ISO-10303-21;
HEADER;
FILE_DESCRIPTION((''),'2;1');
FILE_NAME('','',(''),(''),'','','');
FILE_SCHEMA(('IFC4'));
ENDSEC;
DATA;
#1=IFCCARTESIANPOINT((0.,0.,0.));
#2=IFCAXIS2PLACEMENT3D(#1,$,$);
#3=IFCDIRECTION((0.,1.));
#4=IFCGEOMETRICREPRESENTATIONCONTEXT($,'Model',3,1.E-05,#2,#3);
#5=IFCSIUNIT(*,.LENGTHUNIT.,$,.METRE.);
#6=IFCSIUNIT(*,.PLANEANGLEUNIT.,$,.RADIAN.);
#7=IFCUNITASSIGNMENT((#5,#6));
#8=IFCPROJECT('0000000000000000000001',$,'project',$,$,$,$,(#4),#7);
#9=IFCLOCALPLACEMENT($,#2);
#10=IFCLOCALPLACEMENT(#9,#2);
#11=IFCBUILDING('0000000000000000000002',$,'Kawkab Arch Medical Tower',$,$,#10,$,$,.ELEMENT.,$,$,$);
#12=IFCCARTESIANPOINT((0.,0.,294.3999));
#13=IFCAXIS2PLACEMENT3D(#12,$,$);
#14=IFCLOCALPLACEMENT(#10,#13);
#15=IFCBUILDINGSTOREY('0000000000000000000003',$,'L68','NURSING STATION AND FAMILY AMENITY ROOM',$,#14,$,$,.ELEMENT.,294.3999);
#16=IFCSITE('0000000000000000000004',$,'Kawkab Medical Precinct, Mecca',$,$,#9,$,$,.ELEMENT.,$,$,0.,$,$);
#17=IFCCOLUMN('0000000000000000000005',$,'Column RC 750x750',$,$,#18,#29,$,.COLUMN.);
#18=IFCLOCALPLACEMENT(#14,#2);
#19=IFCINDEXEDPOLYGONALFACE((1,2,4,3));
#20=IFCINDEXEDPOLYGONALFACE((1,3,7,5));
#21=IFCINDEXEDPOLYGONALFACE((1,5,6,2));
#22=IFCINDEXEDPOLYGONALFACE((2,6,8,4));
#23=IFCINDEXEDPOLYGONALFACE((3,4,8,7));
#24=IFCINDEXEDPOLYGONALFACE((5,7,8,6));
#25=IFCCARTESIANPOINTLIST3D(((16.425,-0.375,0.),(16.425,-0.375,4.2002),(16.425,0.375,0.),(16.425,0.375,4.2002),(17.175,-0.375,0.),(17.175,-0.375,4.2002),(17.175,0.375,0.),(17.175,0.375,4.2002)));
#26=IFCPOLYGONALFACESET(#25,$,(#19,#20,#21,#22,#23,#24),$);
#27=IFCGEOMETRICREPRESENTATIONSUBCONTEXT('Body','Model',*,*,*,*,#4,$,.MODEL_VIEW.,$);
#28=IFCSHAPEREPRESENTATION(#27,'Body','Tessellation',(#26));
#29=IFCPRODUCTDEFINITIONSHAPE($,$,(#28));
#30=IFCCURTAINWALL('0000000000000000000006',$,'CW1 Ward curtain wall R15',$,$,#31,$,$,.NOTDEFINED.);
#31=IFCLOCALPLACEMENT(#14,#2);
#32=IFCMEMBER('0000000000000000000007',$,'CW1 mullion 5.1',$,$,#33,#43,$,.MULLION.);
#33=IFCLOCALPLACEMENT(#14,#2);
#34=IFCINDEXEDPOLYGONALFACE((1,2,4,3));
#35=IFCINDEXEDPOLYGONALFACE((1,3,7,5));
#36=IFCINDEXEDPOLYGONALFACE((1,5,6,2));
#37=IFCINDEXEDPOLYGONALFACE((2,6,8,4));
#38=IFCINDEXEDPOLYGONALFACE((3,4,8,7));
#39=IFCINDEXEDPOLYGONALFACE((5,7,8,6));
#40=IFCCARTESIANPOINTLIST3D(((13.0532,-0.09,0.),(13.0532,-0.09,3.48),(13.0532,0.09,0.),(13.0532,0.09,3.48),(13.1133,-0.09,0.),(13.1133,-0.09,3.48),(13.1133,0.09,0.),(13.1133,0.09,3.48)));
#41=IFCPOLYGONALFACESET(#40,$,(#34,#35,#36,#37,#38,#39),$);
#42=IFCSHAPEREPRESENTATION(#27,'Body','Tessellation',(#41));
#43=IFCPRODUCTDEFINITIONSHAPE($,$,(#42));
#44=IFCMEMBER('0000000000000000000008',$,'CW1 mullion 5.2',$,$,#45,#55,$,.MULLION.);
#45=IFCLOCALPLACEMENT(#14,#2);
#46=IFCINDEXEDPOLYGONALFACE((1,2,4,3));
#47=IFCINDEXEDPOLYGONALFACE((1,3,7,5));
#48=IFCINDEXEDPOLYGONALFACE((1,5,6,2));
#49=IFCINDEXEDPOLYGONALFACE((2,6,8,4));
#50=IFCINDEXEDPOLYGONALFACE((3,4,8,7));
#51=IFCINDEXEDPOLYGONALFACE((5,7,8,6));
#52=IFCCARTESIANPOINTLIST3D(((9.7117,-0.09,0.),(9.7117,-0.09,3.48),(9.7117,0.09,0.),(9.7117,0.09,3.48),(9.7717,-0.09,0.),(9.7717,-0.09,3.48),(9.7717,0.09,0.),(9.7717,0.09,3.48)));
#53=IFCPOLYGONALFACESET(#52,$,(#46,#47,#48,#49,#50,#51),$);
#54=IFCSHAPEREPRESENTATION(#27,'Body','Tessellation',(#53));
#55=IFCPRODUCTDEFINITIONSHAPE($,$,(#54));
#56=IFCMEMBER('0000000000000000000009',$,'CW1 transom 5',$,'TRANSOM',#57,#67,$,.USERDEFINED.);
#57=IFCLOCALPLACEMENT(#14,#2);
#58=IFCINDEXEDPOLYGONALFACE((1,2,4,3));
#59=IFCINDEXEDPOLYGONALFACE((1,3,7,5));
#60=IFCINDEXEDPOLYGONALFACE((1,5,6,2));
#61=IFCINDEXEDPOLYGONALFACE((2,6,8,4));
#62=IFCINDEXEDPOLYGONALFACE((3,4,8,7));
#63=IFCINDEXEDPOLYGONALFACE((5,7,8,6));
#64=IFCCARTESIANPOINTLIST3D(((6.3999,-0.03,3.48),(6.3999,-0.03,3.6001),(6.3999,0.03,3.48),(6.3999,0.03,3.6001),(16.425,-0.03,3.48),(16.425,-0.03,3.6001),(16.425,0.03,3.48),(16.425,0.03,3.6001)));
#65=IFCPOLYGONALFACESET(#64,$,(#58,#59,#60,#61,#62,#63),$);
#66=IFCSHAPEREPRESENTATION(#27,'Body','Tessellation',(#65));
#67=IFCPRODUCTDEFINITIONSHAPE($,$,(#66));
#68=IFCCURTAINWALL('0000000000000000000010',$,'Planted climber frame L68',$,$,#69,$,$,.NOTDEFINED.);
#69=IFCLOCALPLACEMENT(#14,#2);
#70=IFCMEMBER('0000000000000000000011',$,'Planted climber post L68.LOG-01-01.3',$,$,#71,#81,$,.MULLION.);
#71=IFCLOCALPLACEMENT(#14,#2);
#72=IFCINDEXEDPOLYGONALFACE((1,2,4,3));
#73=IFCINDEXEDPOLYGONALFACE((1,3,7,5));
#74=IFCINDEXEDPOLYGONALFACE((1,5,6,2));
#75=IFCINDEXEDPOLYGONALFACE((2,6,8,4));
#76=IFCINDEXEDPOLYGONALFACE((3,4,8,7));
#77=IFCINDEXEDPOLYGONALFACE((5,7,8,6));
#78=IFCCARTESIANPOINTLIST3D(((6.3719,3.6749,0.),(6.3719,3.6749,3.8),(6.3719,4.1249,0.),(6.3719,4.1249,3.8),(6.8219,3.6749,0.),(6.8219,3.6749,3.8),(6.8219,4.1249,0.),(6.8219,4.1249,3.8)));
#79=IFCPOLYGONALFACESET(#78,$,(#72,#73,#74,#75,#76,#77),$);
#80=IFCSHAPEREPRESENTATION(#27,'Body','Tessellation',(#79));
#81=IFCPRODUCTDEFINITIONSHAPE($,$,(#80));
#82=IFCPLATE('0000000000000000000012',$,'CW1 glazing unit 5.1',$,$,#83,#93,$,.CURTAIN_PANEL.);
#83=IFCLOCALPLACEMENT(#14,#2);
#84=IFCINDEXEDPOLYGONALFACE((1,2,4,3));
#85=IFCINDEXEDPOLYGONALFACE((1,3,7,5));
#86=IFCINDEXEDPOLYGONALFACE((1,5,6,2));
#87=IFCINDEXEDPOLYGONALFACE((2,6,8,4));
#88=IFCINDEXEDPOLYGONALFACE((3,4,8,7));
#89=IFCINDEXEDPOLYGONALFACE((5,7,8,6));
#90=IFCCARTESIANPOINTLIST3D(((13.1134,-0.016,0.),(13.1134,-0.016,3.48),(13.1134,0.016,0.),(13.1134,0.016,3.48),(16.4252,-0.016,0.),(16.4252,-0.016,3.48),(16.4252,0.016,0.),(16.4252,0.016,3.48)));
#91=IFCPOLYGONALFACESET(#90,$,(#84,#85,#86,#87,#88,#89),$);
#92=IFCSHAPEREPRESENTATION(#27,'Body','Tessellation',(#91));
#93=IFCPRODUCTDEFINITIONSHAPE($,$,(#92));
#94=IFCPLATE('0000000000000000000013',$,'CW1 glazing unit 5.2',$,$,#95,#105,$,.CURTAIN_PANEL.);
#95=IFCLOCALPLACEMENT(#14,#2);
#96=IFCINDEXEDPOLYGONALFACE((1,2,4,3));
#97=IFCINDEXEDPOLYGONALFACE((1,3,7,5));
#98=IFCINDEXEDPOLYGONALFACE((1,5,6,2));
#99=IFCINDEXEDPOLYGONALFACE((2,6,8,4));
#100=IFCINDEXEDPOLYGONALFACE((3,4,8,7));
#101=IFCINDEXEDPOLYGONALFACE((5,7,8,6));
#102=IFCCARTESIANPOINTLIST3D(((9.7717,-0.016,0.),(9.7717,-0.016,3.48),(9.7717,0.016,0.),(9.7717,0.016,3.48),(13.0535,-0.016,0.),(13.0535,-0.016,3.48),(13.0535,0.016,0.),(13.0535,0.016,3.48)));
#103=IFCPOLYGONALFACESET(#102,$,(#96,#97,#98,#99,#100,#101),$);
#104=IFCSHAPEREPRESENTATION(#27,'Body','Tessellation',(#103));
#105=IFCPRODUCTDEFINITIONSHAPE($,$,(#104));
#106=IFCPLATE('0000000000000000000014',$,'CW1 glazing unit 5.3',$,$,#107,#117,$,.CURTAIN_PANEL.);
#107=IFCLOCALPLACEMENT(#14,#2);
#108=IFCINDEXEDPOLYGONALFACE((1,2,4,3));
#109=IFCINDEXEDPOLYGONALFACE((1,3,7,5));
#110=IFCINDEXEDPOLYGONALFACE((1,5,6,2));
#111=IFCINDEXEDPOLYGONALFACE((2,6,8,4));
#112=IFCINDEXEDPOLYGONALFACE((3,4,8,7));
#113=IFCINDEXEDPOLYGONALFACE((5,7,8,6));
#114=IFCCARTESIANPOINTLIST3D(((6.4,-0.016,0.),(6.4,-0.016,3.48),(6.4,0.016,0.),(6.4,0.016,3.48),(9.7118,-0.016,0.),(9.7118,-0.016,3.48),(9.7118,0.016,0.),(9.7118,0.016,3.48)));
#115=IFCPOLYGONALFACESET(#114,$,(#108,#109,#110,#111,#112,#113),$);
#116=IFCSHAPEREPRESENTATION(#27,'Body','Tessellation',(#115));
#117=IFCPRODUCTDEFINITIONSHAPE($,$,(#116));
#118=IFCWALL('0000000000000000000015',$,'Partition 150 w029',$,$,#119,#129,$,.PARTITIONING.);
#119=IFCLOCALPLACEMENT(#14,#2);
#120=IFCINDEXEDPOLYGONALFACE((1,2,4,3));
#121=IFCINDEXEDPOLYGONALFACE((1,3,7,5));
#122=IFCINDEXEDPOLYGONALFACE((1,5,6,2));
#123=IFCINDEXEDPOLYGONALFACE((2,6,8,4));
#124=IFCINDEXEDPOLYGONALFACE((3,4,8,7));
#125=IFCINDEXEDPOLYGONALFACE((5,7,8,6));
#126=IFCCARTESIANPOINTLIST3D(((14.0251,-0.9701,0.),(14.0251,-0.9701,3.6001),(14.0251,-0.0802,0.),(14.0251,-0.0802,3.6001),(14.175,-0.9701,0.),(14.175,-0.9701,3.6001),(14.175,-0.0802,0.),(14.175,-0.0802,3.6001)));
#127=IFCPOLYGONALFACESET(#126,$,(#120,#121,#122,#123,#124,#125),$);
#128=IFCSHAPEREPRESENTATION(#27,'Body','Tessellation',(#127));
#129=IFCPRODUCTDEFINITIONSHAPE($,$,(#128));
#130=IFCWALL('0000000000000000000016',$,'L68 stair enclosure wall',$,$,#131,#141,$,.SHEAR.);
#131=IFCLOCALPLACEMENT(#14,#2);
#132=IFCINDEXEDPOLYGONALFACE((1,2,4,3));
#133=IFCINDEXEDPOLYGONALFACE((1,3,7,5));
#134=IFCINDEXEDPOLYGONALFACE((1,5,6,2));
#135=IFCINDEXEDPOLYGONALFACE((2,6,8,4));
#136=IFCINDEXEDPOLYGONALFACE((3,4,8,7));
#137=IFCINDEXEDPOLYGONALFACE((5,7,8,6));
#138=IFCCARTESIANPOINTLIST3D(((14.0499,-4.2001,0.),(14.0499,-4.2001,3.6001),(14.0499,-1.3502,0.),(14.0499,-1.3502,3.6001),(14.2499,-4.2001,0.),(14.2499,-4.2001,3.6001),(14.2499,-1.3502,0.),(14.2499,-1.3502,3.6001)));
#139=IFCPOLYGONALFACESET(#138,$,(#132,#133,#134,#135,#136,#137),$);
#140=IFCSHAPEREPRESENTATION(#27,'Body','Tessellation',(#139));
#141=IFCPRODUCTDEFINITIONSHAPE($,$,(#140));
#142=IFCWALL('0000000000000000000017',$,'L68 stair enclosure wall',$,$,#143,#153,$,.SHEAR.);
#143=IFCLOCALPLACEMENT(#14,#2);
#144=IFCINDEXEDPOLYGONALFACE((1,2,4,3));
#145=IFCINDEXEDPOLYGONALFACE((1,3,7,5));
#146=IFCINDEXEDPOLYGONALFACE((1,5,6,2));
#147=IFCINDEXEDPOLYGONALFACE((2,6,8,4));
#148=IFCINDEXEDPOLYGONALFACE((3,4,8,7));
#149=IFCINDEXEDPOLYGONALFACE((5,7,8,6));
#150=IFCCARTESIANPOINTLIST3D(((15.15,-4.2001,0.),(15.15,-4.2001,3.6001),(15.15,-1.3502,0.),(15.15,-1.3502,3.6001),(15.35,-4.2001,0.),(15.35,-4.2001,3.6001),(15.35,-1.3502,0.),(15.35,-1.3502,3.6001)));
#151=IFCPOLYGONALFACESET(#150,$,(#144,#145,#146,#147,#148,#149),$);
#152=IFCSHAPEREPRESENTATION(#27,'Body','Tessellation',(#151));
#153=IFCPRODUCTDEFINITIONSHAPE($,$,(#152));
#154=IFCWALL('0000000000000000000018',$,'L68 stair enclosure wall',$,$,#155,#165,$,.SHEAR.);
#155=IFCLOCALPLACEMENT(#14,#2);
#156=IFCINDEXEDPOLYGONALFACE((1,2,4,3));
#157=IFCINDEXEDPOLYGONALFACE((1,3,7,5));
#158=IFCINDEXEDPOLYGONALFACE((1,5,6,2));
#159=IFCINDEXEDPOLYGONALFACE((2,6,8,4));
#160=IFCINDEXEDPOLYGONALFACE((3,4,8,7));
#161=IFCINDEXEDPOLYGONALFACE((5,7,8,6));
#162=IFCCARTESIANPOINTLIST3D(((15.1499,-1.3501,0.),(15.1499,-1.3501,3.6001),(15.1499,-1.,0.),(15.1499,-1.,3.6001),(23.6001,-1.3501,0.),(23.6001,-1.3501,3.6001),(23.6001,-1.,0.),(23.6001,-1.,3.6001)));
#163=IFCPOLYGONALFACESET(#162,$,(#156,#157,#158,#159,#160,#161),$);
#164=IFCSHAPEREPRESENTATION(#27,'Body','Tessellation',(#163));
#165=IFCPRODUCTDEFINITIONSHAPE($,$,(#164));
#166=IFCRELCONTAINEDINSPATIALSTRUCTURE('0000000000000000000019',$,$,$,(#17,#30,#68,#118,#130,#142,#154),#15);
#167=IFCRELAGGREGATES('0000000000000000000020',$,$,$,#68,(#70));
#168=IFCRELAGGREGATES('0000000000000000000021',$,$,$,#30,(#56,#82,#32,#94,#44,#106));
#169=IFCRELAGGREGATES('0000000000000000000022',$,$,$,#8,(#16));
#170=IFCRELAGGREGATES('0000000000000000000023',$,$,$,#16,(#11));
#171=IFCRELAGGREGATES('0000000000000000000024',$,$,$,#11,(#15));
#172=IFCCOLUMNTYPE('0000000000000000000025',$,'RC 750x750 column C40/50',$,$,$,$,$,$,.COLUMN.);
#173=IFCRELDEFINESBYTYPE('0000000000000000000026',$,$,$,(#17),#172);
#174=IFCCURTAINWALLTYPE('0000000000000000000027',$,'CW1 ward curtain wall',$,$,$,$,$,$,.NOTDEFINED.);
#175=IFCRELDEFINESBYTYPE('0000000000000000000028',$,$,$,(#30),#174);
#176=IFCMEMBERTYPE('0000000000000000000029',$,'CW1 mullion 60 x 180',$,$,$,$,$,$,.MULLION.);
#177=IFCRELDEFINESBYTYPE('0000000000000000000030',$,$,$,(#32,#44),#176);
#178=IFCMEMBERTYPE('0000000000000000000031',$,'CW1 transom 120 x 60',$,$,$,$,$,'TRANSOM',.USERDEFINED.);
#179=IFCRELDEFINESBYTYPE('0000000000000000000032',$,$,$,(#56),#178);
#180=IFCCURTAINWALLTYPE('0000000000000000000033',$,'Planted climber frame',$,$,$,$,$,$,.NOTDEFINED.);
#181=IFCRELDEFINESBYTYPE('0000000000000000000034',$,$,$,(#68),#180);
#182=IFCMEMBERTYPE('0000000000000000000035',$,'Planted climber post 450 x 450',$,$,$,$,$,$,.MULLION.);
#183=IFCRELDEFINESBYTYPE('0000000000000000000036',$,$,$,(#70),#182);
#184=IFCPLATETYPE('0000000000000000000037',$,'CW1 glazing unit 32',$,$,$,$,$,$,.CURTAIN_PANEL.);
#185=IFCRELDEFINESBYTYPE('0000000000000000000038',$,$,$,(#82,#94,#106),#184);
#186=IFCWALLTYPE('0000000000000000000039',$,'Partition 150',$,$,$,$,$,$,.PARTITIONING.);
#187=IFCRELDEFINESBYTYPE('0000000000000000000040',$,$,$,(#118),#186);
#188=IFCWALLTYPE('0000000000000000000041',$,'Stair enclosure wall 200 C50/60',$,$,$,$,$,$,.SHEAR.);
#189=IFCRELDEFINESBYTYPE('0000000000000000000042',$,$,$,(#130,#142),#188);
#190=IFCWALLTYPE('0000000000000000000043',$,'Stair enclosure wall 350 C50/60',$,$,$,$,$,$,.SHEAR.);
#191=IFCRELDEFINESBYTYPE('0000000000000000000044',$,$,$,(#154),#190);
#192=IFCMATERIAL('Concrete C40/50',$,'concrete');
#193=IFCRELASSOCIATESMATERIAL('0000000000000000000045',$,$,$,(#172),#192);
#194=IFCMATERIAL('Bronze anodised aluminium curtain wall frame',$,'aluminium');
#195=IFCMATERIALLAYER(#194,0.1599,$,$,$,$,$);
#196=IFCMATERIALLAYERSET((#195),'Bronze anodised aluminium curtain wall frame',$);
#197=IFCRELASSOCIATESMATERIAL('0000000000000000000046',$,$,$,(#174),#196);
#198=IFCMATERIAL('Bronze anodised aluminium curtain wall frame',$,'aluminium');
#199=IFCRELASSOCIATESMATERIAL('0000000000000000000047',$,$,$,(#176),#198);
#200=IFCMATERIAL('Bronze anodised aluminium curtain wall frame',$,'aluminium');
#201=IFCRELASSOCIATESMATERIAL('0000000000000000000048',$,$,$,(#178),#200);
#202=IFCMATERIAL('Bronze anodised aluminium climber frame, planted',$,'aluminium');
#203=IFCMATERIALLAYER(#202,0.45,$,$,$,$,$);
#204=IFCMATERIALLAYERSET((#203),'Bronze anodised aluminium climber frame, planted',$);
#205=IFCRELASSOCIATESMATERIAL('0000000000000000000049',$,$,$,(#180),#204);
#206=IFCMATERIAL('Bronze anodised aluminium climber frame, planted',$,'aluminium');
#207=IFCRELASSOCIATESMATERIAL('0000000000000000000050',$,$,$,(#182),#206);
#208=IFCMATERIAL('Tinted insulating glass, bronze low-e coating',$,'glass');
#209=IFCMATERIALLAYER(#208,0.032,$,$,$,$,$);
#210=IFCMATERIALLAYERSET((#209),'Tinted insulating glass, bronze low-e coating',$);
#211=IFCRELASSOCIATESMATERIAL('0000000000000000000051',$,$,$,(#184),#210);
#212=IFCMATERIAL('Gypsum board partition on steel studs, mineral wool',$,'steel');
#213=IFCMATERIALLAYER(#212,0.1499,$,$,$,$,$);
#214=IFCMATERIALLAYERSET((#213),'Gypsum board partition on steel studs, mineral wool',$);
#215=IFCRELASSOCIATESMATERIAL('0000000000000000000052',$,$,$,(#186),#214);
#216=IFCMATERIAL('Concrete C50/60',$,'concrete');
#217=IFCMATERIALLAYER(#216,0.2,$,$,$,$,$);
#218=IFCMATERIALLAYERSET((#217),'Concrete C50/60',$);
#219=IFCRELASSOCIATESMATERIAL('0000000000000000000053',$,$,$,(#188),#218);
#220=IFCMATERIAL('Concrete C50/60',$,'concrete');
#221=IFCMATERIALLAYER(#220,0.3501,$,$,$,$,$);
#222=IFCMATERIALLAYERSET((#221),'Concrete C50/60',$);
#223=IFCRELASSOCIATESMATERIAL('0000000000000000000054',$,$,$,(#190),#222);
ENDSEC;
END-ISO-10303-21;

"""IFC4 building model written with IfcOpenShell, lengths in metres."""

from ifc_helpers import new_model, si_unit, direction, frame, frame_2d, origin, origin_2d, place, context, subcontext, project, spatial, rectangle, extrude, material, layer, layer_set, material_profile, profile_set, type_object, element, aggregate, save


model = new_model("IFC4")

# Units and contexts
model_context = context("Model", 3, precision=1e-05, world=origin(), true_north=direction((0.0, 1.0)))
body_context = subcontext(model_context, "Body", "Model", "MODEL_VIEW")
ifc_project = project(units=[si_unit("LENGTHUNIT", "METRE"), si_unit("PLANEANGLEUNIT", "RADIAN")], contexts=[model_context])

# Site, building, storey
site_placement = place(None, origin())
site = spatial("IfcSite", under=ifc_project, at=site_placement, Name="Kawkab Medical Precinct, Mecca", CompositionType="ELEMENT", RefElevation=0.0)
building_placement = place(site_placement, origin())
building = spatial("IfcBuilding", under=site, at=building_placement, Name="Kawkab Arch Medical Tower", CompositionType="ELEMENT")
storey_placement = place(building_placement, frame((0.0, 0.0, 294.3999)))
storey = spatial("IfcBuildingStorey", under=building, at=storey_placement, Name="L68", Description="NURSING STATION AND FAMILY AMENITY ROOM", CompositionType="ELEMENT", Elevation=294.3999)

# Column
ifc_material_1 = material(Name="Concrete C40/50", Category="concrete")
ifc_material_profile_1 = material_profile(ifc_material_1, rectangle(XDim=0.75, YDim=0.75, at=origin_2d()), Name="RC 750x750")
ifc_profile_set_1 = profile_set([ifc_material_profile_1], Name="Concrete C40/50")
column_type = type_object("IfcColumnType", Name="RC 750x750 column C40/50", PredefinedType="COLUMN", material=ifc_profile_set_1)
column_placement = place(storey_placement, frame((16.8, 0.0, 0.0), z_axis=(0.0, 0.0, 1.0), x_axis=(1.0, 0.0, 0.0)))
element("IfcColumn", 1, at=column_placement, inside=storey, type_object=column_type, Name="Column RC 750x750", PredefinedType="COLUMN", context=body_context, shape_type="SweptSolid", body=[
    extrude(rectangle(XDim=0.75, YDim=0.75, at=origin_2d()), origin(), (0.0, 0.0, 1.0), 4.2002),
])

# Curtain wall, members
ifc_material_2 = material(Name="Bronze anodised aluminium curtain wall frame", Category="aluminium")
ifc_layer_1 = layer(ifc_material_2, 0.1599)
ifc_layer_set_1 = layer_set([ifc_layer_1], Name="Bronze anodised aluminium curtain wall frame")
curtain_wall_type_1 = type_object("IfcCurtainWallType", Name="CW1 ward curtain wall", PredefinedType="NOTDEFINED", material=ifc_layer_set_1)
placement = place(storey_placement, origin())
curtain_wall_1 = element("IfcCurtainWall", 2, at=placement, inside=storey, type_object=curtain_wall_type_1, Name="CW1 Ward curtain wall R15", PredefinedType="NOTDEFINED")
ifc_material_3 = material(Name="Bronze anodised aluminium curtain wall frame", Category="aluminium")
ifc_material_profile_2 = material_profile(ifc_material_3, rectangle(XDim=0.1799, YDim=0.0601, at=origin_2d()), Name="AL 60x180")
ifc_profile_set_2 = profile_set([ifc_material_profile_2], Name="Bronze anodised aluminium curtain wall frame")
member_type_1 = type_object("IfcMemberType", Name="CW1 mullion 60 x 180", PredefinedType="MULLION", material=ifc_profile_set_2)
member_1_placement = place(storey_placement, frame((13.0833, 0.0, 0.0), z_axis=(0.0, 0.0, 1.0), x_axis=(0.0, -1.0, 0.0)))
member_1 = element("IfcMember", 3, at=member_1_placement, type_object=member_type_1, Name="CW1 mullion 5.1", PredefinedType="MULLION", context=body_context, shape_type="SweptSolid", body=[
    extrude(rectangle(XDim=0.1799, YDim=0.0601, at=origin_2d()), origin(), (0.0, 0.0, 1.0), 3.48),
])
member_2_placement = place(storey_placement, frame((9.7417, 0.0, 0.0), z_axis=(0.0, 0.0, 1.0), x_axis=(0.0, -1.0, 0.0)))
member_2 = element("IfcMember", 4, at=member_2_placement, type_object=member_type_1, Name="CW1 mullion 5.2", PredefinedType="MULLION", context=body_context, shape_type="SweptSolid", body=[
    extrude(rectangle(XDim=0.1799, YDim=0.0601, at=origin_2d()), origin(), (0.0, 0.0, 1.0), 3.48),
])
ifc_material_4 = material(Name="Bronze anodised aluminium curtain wall frame", Category="aluminium")
ifc_material_profile_3 = material_profile(ifc_material_4, rectangle(XDim=0.0601, YDim=0.1201, at=origin_2d()), Name="AL 60x120")
ifc_profile_set_3 = profile_set([ifc_material_profile_3], Name="Bronze anodised aluminium curtain wall frame")
member_type_2 = type_object("IfcMemberType", Name="CW1 transom 120 x 60", ElementType="TRANSOM", PredefinedType="USERDEFINED", material=ifc_profile_set_3)
member_3_placement = place(storey_placement, frame((16.425, 0.0, 3.54), z_axis=(-1.0, 0.0, 0.0), x_axis=(0.0, -1.0, 0.0)))
member_3 = element("IfcMember", 5, at=member_3_placement, type_object=member_type_2, Name="CW1 transom 5", ObjectType="TRANSOM", PredefinedType="USERDEFINED", context=body_context, shape_type="SweptSolid", body=[
    extrude(rectangle(XDim=0.0601, YDim=0.1201, at=origin_2d()), origin(), (0.0, 0.0, 1.0), 10.0251),
])

# Curtain wall, member
ifc_material_5 = material(Name="Bronze anodised aluminium climber frame, planted", Category="aluminium")
ifc_layer_2 = layer(ifc_material_5, 0.45)
ifc_layer_set_2 = layer_set([ifc_layer_2], Name="Bronze anodised aluminium climber frame, planted")
curtain_wall_type_2 = type_object("IfcCurtainWallType", Name="Planted climber frame", PredefinedType="NOTDEFINED", material=ifc_layer_set_2)
curtain_wall_2 = element("IfcCurtainWall", 6, at=placement, inside=storey, type_object=curtain_wall_type_2, Name="Planted climber frame L68", PredefinedType="NOTDEFINED")
ifc_material_6 = material(Name="Bronze anodised aluminium climber frame, planted", Category="aluminium")
ifc_material_profile_4 = material_profile(ifc_material_6, rectangle(XDim=0.45, YDim=0.45, at=origin_2d()), Name="Post 450x450")
ifc_profile_set_4 = profile_set([ifc_material_profile_4], Name="Bronze anodised aluminium climber frame, planted")
member_type_3 = type_object("IfcMemberType", Name="Planted climber post 450 x 450", PredefinedType="MULLION", material=ifc_profile_set_4)
member_4_placement = place(storey_placement, frame((6.5969, 3.8999, 0.0), z_axis=(0.0, 0.0, 1.0), x_axis=(1.0, 0.0, 0.0)))
member_4 = element("IfcMember", 7, at=member_4_placement, type_object=member_type_3, Name="Planted climber post L68.LOG-01-01.3", PredefinedType="MULLION", context=body_context, shape_type="SweptSolid", body=[
    extrude(rectangle(XDim=0.45, YDim=0.45, at=origin_2d()), origin(), (0.0, 0.0, 1.0), 3.8),
])
aggregate(curtain_wall_2, [member_4])

# Plates
ifc_material_7 = material(Name="Tinted insulating glass, bronze low-e coating", Category="glass")
ifc_layer_3 = layer(ifc_material_7, 0.032)
ifc_layer_set_3 = layer_set([ifc_layer_3], Name="Tinted insulating glass, bronze low-e coating")
plate_type = type_object("IfcPlateType", Name="CW1 glazing unit 32", PredefinedType="CURTAIN_PANEL", material=ifc_layer_set_3)
plate_1_placement = place(storey_placement, frame((14.7693, 0.0, 0.0), z_axis=(0.0, 0.0, 1.0), x_axis=(-1.0, 0.0, 0.0)))
plate_1 = element("IfcPlate", 8, at=plate_1_placement, type_object=plate_type, Name="CW1 glazing unit 5.1", PredefinedType="CURTAIN_PANEL", context=body_context, shape_type="SweptSolid", body=[
    extrude(rectangle(XDim=3.3118, YDim=0.032, at=origin_2d()), origin(), (0.0, 0.0, 1.0), 3.48),
])
plate_2_placement = place(storey_placement, frame((11.4126, 0.0, 0.0), z_axis=(0.0, 0.0, 1.0), x_axis=(-1.0, 0.0, 0.0)))
plate_2 = element("IfcPlate", 9, at=plate_2_placement, type_object=plate_type, Name="CW1 glazing unit 5.2", PredefinedType="CURTAIN_PANEL", context=body_context, shape_type="SweptSolid", body=[
    extrude(rectangle(XDim=3.2817, YDim=0.032, at=origin_2d()), origin(), (0.0, 0.0, 1.0), 3.48),
])
plate_3_placement = place(storey_placement, frame((8.0559, 0.0, 0.0), z_axis=(0.0, 0.0, 1.0), x_axis=(-1.0, 0.0, 0.0)))
plate_3 = element("IfcPlate", 10, at=plate_3_placement, type_object=plate_type, Name="CW1 glazing unit 5.3", PredefinedType="CURTAIN_PANEL", context=body_context, shape_type="SweptSolid", body=[
    extrude(rectangle(XDim=3.3118, YDim=0.032, at=origin_2d()), origin(), (0.0, 0.0, 1.0), 3.48),
])
aggregate(curtain_wall_1, [member_3, plate_1, member_1, plate_2, member_2, plate_3])

# Walls
ifc_material_8 = material(Name="Gypsum board partition on steel studs, mineral wool", Category="steel")
ifc_layer_4 = layer(ifc_material_8, 0.1499)
ifc_layer_set_4 = layer_set([ifc_layer_4], Name="Gypsum board partition on steel studs, mineral wool")
wall_type_1 = type_object("IfcWallType", Name="Partition 150", PredefinedType="PARTITIONING", material=ifc_layer_set_4)
wall_1_placement = place(storey_placement, frame((14.1001, -0.97, 0.0), z_axis=(0.0, 0.0, 1.0), x_axis=(0.0, 1.0, 0.0)))
element("IfcWall", 11, at=wall_1_placement, inside=storey, type_object=wall_type_1, Name="Partition 150 w029", PredefinedType="PARTITIONING", context=body_context, shape_type="SweptSolid", body=[
    extrude(rectangle(XDim=0.8899, YDim=0.1499, at=frame_2d((0.4448, 0.0))), origin(), (0.0, 0.0, 1.0), 3.6001),
])
ifc_material_9 = material(Name="Concrete C50/60", Category="concrete")
ifc_layer_5 = layer(ifc_material_9, 0.2)
ifc_layer_set_5 = layer_set([ifc_layer_5], Name="Concrete C50/60")
wall_type_2 = type_object("IfcWallType", Name="Stair enclosure wall 200 C50/60", PredefinedType="SHEAR", material=ifc_layer_set_5)
for number, where, z_axis, x_axis, name in (
    (12, (14.1499, -4.2, 0.0), (0.0, 0.0, 1.0), (0.0, 1.0, 0.0), "L68 stair enclosure wall"),
    (13, (15.25, -4.2, 0.0), (0.0, 0.0, 1.0), (0.0, 1.0, 0.0), "L68 stair enclosure wall"),
):
    element("IfcWall", number, at=place(storey_placement, frame(where, z_axis=z_axis, x_axis=x_axis)), inside=storey, type_object=wall_type_2, Name=name, PredefinedType="SHEAR", context=body_context, shape_type="SweptSolid", body=[
        extrude(rectangle(XDim=2.8499, YDim=0.2, at=frame_2d((1.4248, 0.0))), origin(), (0.0, 0.0, 1.0), 3.6001),
    ])
ifc_material_10 = material(Name="Concrete C50/60", Category="concrete")
ifc_layer_6 = layer(ifc_material_10, 0.3501)
ifc_layer_set_6 = layer_set([ifc_layer_6], Name="Concrete C50/60")
wall_type_3 = type_object("IfcWallType", Name="Stair enclosure wall 350 C50/60", PredefinedType="SHEAR", material=ifc_layer_set_6)
wall_2_placement = place(storey_placement, frame((15.1499, -1.175, 0.0), z_axis=(0.0, 0.0, 1.0), x_axis=(1.0, 0.0, 0.0)))
element("IfcWall", 14, at=wall_2_placement, inside=storey, type_object=wall_type_3, Name="L68 stair enclosure wall", PredefinedType="SHEAR", context=body_context, shape_type="SweptSolid", body=[
    extrude(rectangle(XDim=8.4502, YDim=0.3501, at=frame_2d((4.2251, 0.0))), origin(), (0.0, 0.0, 1.0), 3.6001),
])

save(model, "model.ifc")
